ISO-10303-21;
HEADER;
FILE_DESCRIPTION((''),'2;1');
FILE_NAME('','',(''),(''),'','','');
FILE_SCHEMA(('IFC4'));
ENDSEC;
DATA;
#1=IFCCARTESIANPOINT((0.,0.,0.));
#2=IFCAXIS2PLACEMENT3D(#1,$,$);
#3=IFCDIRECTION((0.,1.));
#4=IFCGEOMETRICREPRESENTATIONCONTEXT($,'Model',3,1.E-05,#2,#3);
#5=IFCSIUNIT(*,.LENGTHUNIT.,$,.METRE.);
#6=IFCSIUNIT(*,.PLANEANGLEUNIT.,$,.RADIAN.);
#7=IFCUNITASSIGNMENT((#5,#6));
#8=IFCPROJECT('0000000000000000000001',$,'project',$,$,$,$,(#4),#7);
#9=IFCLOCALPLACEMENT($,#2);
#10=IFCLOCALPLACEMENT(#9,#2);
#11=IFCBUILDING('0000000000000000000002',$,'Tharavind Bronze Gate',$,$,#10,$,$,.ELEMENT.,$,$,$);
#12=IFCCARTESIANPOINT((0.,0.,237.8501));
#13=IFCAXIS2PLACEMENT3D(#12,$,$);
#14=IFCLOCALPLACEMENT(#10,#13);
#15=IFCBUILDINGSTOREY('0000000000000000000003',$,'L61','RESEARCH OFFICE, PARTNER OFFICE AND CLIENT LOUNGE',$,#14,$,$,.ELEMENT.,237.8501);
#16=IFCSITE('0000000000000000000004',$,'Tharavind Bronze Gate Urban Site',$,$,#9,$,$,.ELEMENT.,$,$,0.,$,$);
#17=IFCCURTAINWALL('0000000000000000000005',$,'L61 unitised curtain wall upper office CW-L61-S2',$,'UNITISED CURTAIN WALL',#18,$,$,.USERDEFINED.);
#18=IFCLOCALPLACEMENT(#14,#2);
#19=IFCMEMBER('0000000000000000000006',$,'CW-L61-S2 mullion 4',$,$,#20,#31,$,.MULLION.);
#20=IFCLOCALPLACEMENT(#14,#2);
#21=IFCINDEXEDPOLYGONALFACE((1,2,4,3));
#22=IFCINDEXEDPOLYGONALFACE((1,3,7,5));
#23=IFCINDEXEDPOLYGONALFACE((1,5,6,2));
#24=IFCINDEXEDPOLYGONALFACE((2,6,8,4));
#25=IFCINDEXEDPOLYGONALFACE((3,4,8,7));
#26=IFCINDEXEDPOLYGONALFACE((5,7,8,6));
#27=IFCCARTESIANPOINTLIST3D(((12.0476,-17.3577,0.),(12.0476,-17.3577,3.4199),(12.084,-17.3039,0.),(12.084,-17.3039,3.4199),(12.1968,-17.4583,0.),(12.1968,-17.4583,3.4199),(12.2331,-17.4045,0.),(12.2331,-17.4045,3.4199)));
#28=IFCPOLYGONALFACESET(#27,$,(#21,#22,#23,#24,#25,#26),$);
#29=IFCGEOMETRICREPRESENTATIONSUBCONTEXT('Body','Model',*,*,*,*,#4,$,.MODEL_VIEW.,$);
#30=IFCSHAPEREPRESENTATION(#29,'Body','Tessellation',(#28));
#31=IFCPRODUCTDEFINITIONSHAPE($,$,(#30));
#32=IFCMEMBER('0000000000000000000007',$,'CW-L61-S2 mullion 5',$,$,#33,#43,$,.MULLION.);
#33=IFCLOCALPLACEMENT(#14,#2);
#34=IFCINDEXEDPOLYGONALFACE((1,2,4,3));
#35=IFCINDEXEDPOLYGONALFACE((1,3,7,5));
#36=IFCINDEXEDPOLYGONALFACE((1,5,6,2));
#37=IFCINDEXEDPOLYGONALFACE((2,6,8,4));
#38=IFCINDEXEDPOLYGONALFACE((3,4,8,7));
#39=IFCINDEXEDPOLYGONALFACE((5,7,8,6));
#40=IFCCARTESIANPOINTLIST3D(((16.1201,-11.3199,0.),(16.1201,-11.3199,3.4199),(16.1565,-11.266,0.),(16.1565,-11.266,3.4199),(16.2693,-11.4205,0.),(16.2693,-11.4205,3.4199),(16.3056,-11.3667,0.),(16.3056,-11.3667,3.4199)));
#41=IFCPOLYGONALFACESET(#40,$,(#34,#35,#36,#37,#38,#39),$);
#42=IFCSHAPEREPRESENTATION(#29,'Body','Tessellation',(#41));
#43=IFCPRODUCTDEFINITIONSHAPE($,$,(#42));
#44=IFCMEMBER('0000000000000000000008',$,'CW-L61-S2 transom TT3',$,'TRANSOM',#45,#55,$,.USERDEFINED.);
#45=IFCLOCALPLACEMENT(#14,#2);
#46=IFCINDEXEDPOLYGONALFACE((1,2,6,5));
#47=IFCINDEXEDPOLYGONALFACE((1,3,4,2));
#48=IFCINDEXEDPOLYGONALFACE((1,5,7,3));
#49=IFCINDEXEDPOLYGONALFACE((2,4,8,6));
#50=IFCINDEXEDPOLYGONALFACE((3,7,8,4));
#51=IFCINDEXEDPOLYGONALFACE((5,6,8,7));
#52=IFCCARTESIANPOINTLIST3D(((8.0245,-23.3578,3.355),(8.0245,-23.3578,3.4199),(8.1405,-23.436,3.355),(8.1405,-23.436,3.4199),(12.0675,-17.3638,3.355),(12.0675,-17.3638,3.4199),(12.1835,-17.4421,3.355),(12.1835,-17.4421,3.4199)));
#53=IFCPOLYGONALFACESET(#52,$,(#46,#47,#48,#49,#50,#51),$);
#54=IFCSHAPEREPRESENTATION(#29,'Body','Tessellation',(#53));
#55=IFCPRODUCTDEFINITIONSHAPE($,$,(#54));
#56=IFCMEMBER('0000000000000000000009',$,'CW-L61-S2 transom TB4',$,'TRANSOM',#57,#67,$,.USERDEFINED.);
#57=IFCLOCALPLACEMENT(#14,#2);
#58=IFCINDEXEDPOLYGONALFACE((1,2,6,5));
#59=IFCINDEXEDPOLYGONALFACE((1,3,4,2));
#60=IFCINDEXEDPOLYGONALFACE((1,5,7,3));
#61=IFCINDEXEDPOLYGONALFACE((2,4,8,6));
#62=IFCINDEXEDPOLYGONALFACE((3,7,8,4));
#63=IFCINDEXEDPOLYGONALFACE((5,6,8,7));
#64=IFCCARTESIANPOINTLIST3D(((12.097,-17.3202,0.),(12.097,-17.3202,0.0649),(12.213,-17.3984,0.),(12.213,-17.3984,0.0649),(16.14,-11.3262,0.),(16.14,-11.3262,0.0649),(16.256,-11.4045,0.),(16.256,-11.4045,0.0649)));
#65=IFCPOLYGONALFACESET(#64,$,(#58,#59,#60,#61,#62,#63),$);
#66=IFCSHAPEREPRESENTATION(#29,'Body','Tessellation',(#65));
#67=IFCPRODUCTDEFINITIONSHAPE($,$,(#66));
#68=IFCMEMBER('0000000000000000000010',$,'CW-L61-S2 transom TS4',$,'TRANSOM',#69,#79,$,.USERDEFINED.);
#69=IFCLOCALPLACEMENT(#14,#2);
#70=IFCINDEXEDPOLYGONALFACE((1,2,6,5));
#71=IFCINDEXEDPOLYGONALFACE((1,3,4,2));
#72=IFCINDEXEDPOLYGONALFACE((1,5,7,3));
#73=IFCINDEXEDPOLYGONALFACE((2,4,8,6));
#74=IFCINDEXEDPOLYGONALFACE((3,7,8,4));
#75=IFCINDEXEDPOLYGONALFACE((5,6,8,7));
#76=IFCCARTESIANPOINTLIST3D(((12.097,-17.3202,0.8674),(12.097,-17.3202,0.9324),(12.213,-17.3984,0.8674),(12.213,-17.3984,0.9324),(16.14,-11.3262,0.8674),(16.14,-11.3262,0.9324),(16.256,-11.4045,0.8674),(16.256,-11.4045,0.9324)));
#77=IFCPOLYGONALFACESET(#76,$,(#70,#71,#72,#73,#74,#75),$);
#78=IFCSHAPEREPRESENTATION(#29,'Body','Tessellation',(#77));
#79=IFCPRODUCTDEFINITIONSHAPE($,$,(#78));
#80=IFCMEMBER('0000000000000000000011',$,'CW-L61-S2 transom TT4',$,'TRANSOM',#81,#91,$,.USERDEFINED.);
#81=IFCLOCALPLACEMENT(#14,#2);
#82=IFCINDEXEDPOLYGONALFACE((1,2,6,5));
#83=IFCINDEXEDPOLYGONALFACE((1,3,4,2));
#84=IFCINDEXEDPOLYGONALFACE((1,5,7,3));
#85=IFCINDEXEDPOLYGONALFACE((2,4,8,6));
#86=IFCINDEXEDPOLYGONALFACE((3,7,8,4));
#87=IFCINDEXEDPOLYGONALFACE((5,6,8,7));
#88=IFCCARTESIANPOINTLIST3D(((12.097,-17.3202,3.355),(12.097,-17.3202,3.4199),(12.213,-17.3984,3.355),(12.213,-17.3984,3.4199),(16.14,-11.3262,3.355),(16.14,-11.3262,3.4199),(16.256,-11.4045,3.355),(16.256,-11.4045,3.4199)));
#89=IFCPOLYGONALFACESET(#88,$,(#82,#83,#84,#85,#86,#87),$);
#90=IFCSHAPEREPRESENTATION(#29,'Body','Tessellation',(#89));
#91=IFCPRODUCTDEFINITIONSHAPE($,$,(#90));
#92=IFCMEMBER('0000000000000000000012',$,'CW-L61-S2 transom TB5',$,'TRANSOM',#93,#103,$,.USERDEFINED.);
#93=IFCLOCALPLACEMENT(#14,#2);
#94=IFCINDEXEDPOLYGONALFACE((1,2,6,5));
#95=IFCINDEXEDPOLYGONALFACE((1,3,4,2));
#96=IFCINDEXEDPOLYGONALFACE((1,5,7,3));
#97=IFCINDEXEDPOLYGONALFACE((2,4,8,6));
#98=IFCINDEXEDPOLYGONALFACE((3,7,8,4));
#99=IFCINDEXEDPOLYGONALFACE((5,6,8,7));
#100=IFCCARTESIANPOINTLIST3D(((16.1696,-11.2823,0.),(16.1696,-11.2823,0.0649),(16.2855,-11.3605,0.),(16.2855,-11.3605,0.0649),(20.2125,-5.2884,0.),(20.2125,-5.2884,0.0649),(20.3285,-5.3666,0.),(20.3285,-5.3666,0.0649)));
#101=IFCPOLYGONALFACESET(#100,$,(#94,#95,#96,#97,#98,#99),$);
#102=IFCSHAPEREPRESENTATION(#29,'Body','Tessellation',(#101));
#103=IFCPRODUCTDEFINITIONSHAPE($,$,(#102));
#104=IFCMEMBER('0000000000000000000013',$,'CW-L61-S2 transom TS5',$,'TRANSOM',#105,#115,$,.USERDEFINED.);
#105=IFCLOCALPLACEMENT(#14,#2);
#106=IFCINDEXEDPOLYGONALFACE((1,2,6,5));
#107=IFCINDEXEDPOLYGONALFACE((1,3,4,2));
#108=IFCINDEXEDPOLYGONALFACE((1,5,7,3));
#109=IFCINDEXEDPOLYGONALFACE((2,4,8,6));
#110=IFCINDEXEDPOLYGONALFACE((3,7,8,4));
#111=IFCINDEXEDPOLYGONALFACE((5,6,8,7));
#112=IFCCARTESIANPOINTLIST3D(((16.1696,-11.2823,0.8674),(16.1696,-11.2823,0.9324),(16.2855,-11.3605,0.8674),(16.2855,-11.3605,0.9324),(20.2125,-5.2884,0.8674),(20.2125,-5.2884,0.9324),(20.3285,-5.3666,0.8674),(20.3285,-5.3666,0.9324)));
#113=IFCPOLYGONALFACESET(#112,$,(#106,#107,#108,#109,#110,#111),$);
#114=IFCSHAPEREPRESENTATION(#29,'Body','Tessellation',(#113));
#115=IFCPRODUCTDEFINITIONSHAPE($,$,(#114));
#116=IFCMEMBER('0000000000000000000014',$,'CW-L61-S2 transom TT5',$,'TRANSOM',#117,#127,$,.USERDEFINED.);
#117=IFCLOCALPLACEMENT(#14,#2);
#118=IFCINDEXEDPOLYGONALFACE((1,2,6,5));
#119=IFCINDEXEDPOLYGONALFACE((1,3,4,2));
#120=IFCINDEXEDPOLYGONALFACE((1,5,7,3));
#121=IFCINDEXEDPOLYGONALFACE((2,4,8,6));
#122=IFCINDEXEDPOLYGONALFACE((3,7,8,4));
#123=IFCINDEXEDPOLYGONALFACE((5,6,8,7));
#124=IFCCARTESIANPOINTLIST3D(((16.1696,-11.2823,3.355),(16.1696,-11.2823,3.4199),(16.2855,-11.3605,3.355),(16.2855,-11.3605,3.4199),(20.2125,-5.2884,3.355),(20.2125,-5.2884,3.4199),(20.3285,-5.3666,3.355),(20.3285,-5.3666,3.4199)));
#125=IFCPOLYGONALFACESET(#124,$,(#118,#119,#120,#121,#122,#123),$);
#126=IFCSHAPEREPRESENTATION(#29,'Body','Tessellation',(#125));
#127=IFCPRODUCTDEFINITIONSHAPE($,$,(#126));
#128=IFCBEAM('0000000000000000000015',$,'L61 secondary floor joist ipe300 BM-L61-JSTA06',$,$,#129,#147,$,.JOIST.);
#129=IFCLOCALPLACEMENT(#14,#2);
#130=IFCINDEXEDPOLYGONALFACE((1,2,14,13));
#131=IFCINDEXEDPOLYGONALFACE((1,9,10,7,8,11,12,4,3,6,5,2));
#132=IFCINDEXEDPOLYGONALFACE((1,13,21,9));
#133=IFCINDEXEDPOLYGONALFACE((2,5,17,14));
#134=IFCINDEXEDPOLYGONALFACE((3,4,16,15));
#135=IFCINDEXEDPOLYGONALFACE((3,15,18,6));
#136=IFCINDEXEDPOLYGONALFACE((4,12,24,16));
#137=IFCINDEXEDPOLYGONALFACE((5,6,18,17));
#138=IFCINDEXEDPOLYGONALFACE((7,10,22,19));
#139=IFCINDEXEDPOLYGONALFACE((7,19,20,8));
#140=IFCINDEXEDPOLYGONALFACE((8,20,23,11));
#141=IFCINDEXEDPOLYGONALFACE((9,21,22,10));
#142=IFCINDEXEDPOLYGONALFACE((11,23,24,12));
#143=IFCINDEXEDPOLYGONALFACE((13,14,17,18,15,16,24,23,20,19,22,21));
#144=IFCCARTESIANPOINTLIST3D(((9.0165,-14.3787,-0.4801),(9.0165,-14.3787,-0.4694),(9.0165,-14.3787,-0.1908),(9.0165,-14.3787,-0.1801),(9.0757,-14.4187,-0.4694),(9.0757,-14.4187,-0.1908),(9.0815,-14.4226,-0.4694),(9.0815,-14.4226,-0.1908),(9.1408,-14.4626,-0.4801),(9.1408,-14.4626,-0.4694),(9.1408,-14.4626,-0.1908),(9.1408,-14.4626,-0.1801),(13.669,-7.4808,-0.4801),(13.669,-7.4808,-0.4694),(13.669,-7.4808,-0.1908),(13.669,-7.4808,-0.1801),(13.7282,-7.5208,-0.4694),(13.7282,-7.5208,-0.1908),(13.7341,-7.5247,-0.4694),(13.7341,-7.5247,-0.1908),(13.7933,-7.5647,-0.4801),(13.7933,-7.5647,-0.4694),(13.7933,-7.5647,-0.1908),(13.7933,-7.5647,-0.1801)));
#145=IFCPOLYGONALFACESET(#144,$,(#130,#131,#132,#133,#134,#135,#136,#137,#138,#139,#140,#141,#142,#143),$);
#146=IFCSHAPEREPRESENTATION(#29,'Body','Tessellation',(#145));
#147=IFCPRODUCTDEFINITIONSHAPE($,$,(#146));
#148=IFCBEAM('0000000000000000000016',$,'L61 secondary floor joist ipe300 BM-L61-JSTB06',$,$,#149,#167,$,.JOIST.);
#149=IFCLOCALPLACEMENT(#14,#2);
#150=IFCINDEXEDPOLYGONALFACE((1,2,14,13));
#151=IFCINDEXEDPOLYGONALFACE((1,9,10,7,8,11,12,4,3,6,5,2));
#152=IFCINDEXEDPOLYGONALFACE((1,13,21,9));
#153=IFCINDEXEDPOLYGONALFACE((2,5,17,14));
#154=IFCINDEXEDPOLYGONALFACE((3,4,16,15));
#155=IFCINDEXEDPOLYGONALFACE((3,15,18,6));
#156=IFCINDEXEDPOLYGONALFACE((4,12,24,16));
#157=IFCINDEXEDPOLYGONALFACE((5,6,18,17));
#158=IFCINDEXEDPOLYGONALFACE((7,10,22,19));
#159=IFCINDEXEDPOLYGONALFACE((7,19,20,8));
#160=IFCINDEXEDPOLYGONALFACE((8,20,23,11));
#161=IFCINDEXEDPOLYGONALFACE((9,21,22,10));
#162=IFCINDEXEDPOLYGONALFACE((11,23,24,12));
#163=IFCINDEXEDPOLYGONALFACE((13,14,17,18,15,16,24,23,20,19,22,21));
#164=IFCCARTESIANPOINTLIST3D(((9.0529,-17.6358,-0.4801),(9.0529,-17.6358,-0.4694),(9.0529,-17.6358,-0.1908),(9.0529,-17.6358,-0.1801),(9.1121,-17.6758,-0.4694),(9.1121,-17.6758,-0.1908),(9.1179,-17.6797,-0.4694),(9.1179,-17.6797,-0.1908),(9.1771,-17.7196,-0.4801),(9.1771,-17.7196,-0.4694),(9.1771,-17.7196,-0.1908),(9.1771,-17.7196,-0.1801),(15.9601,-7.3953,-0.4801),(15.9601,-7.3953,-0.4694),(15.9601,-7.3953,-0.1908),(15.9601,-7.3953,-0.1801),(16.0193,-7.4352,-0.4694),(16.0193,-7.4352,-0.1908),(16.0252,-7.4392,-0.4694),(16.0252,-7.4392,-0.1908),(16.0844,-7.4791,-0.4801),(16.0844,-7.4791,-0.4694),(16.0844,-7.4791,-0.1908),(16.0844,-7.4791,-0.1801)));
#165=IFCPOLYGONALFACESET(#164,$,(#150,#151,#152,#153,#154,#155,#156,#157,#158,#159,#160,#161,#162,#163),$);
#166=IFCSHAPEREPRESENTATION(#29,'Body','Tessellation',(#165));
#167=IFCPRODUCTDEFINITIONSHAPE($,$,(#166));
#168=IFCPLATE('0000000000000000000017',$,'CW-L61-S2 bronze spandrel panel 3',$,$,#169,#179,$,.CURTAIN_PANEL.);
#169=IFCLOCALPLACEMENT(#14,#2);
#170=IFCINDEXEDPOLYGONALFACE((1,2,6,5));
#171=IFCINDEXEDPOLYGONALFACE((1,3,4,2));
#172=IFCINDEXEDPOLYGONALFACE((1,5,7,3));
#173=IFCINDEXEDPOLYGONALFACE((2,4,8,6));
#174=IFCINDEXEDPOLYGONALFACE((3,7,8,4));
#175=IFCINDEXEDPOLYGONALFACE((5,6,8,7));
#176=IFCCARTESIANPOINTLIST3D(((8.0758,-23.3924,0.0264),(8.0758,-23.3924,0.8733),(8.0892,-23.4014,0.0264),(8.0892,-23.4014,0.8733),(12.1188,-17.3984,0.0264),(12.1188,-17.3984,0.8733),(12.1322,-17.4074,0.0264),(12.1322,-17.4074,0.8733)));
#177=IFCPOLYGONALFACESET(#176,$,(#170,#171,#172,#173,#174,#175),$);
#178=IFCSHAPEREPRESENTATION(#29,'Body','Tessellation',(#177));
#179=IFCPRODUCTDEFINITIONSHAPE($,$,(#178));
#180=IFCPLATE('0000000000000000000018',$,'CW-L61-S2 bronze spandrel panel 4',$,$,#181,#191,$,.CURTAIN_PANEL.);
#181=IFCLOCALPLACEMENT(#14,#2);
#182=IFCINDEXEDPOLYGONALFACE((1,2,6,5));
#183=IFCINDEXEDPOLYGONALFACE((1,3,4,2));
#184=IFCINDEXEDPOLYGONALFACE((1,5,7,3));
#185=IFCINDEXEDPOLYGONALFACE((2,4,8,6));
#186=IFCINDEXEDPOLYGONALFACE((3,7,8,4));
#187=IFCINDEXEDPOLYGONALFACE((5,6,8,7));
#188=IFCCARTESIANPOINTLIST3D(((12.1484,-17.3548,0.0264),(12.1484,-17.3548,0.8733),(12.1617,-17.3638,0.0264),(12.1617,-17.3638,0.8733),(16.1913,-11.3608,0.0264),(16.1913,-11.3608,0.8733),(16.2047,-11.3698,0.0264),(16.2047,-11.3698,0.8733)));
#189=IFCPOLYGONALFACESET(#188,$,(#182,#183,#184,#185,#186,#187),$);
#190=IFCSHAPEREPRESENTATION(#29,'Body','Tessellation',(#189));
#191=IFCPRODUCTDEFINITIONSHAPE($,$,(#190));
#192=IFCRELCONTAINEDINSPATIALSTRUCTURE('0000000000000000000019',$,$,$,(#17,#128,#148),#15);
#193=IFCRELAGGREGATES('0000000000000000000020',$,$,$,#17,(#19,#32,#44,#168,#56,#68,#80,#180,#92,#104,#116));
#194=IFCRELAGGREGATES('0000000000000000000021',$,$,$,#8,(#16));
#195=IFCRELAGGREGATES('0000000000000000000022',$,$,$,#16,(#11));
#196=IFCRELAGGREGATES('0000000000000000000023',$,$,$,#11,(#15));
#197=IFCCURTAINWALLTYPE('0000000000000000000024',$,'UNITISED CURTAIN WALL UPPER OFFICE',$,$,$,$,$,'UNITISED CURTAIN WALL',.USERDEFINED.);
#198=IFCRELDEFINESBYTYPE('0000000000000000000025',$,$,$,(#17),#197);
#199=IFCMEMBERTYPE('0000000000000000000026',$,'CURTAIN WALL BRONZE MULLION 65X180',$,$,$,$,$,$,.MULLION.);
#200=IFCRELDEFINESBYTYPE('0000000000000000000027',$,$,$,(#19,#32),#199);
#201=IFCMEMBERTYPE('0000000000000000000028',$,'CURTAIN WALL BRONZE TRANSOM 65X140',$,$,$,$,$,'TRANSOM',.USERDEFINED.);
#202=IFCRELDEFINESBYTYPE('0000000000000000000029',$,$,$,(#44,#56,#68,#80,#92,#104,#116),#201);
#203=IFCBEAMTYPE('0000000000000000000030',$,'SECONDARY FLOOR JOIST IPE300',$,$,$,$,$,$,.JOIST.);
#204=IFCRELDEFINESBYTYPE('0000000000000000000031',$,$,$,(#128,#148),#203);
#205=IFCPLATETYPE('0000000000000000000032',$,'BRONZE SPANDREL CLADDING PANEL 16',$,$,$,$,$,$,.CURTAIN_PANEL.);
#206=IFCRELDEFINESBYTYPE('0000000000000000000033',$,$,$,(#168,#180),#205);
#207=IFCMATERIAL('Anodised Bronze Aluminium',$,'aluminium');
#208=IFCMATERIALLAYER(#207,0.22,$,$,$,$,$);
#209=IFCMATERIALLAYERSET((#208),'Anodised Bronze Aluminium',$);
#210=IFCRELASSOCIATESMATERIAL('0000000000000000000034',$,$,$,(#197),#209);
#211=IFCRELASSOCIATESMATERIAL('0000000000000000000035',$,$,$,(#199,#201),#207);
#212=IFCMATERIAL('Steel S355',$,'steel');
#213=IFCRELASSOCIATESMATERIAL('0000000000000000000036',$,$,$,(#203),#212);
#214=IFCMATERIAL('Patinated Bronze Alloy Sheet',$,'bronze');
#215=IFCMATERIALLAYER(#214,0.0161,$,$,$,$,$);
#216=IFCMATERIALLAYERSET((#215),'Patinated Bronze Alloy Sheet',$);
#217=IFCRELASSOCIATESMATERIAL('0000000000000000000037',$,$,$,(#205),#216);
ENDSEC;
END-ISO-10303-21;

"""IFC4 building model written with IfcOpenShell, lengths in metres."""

from ifc_helpers import new_model, si_unit, direction, frame, origin, origin_2d, place, context, subcontext, project, spatial, rectangle, i_section, extrude, material, layer, layer_set, material_profile, profile_set, type_object, element, aggregate, save


model = new_model("IFC4")

# Units and contexts
model_context = context("Model", 3, precision=1e-05, world=origin(), true_north=direction((0.0, 1.0)))
body_context = subcontext(model_context, "Body", "Model", "MODEL_VIEW")
ifc_project = project(units=[si_unit("LENGTHUNIT", "METRE"), si_unit("PLANEANGLEUNIT", "RADIAN")], contexts=[model_context])

# Site, building, storey
site_placement = place(None, origin())
site = spatial("IfcSite", under=ifc_project, at=site_placement, Name="Tharavind Bronze Gate Urban Site", CompositionType="ELEMENT", RefElevation=0.0)
building_placement = place(site_placement, origin())
building = spatial("IfcBuilding", under=site, at=building_placement, Name="Tharavind Bronze Gate", CompositionType="ELEMENT")
storey_placement = place(building_placement, frame((0.0, 0.0, 237.8501)))
storey = spatial("IfcBuildingStorey", under=building, at=storey_placement, Name="L61", Description="RESEARCH OFFICE, PARTNER OFFICE AND CLIENT LOUNGE", CompositionType="ELEMENT", Elevation=237.8501)

# Curtain wall, members
ifc_material_1 = material(Name="Anodised Bronze Aluminium", Category="aluminium")
ifc_layer_1 = layer(ifc_material_1, 0.22)
ifc_layer_set_1 = layer_set([ifc_layer_1], Name="Anodised Bronze Aluminium")
curtain_wall_type = type_object("IfcCurtainWallType", Name="UNITISED CURTAIN WALL UPPER OFFICE", ElementType="UNITISED CURTAIN WALL", PredefinedType="USERDEFINED", material=ifc_layer_set_1)
curtain_wall_placement = place(storey_placement, origin())
curtain_wall = element("IfcCurtainWall", 1, at=curtain_wall_placement, inside=storey, type_object=curtain_wall_type, Name="L61 unitised curtain wall upper office CW-L61-S2", ObjectType="UNITISED CURTAIN WALL", PredefinedType="USERDEFINED")
member_type_1 = type_object("IfcMemberType", Name="CURTAIN WALL BRONZE MULLION 65X180", PredefinedType="MULLION", material=ifc_material_1)
member_1_placement = place(storey_placement, frame((12.1404, -17.3811, 0.0), z_axis=(0.0, 0.0, 1.0), x_axis=(0.559193, 0.829038, 0.0)))
member_1 = element("IfcMember", 2, at=member_1_placement, type_object=member_type_1, Name="CW-L61-S2 mullion 4", PredefinedType="MULLION", context=body_context, shape_type="SweptSolid", body=[
    extrude(rectangle(XDim=0.0649, YDim=0.1799, at=origin_2d()), origin(), (0.0, 0.0, 1.0), 3.4199),
])
member_2_placement = place(storey_placement, frame((16.2129, -11.3433, 0.0), z_axis=(0.0, 0.0, 1.0), x_axis=(0.559193, 0.829038, 0.0)))
member_2 = element("IfcMember", 3, at=member_2_placement, type_object=member_type_1, Name="CW-L61-S2 mullion 5", PredefinedType="MULLION", context=body_context, shape_type="SweptSolid", body=[
    extrude(rectangle(XDim=0.0649, YDim=0.1799, at=origin_2d()), origin(), (0.0, 0.0, 1.0), 3.4199),
])
member_type_2 = type_object("IfcMemberType", Name="CURTAIN WALL BRONZE TRANSOM 65X140", ElementType="TRANSOM", PredefinedType="USERDEFINED", material=ifc_material_1)
member_3_placement = place(storey_placement, frame((10.104, -20.3999, 3.355), z_axis=(0.0, 0.0, 1.0), x_axis=(0.559193, 0.829038, 0.0)))
member_3 = element("IfcMember", 4, at=member_3_placement, type_object=member_type_2, Name="CW-L61-S2 transom TT3", ObjectType="TRANSOM", PredefinedType="USERDEFINED", context=body_context, shape_type="SweptSolid", body=[
    extrude(rectangle(XDim=7.23, YDim=0.1399, at=origin_2d()), origin(), (0.0, 0.0, 1.0), 0.0649),
])
member_4_placement = place(storey_placement, frame((14.1765, -14.3623, 0.0), z_axis=(0.0, 0.0, 1.0), x_axis=(0.559193, 0.829038, 0.0)))
member_4 = element("IfcMember", 5, at=member_4_placement, type_object=member_type_2, Name="CW-L61-S2 transom TB4", ObjectType="TRANSOM", PredefinedType="USERDEFINED", context=body_context, shape_type="SweptSolid", body=[
    extrude(rectangle(XDim=7.23, YDim=0.1399, at=origin_2d()), origin(), (0.0, 0.0, 1.0), 0.0649),
])
member_5_placement = place(storey_placement, frame((14.1765, -14.3623, 0.8674), z_axis=(0.0, 0.0, 1.0), x_axis=(0.559193, 0.829038, 0.0)))
member_5 = element("IfcMember", 6, at=member_5_placement, type_object=member_type_2, Name="CW-L61-S2 transom TS4", ObjectType="TRANSOM", PredefinedType="USERDEFINED", context=body_context, shape_type="SweptSolid", body=[
    extrude(rectangle(XDim=7.23, YDim=0.1399, at=origin_2d()), origin(), (0.0, 0.0, 1.0), 0.0649),
])
member_6_placement = place(storey_placement, frame((14.1765, -14.3623, 3.355), z_axis=(0.0, 0.0, 1.0), x_axis=(0.559193, 0.829038, 0.0)))
member_6 = element("IfcMember", 7, at=member_6_placement, type_object=member_type_2, Name="CW-L61-S2 transom TT4", ObjectType="TRANSOM", PredefinedType="USERDEFINED", context=body_context, shape_type="SweptSolid", body=[
    extrude(rectangle(XDim=7.23, YDim=0.1399, at=origin_2d()), origin(), (0.0, 0.0, 1.0), 0.0649),
])
member_7_placement = place(storey_placement, frame((18.249, -8.3245, 0.0), z_axis=(0.0, 0.0, 1.0), x_axis=(0.559193, 0.829038, 0.0)))
member_7 = element("IfcMember", 8, at=member_7_placement, type_object=member_type_2, Name="CW-L61-S2 transom TB5", ObjectType="TRANSOM", PredefinedType="USERDEFINED", context=body_context, shape_type="SweptSolid", body=[
    extrude(rectangle(XDim=7.23, YDim=0.1399, at=origin_2d()), origin(), (0.0, 0.0, 1.0), 0.0649),
])
member_8_placement = place(storey_placement, frame((18.249, -8.3245, 0.8674), z_axis=(0.0, 0.0, 1.0), x_axis=(0.559193, 0.829038, 0.0)))
member_8 = element("IfcMember", 9, at=member_8_placement, type_object=member_type_2, Name="CW-L61-S2 transom TS5", ObjectType="TRANSOM", PredefinedType="USERDEFINED", context=body_context, shape_type="SweptSolid", body=[
    extrude(rectangle(XDim=7.23, YDim=0.1399, at=origin_2d()), origin(), (0.0, 0.0, 1.0), 0.0649),
])
member_9_placement = place(storey_placement, frame((18.249, -8.3245, 3.355), z_axis=(0.0, 0.0, 1.0), x_axis=(0.559193, 0.829038, 0.0)))
member_9 = element("IfcMember", 10, at=member_9_placement, type_object=member_type_2, Name="CW-L61-S2 transom TT5", ObjectType="TRANSOM", PredefinedType="USERDEFINED", context=body_context, shape_type="SweptSolid", body=[
    extrude(rectangle(XDim=7.23, YDim=0.1399, at=origin_2d()), origin(), (0.0, 0.0, 1.0), 0.0649),
])

# Beams
ifc_material_2 = material(Name="Steel S355", Category="steel")
ifc_material_profile = material_profile(ifc_material_2, i_section(OverallWidth=0.1499, OverallDepth=0.3, WebThickness=0.0071, FlangeThickness=0.0107, at=origin_2d()), Name="IPE300")
ifc_profile_set = profile_set([ifc_material_profile], Name="Steel S355")
beam_type = type_object("IfcBeamType", Name="SECONDARY FLOOR JOIST IPE300", PredefinedType="JOIST", material=ifc_profile_set)
beam_1_placement = place(storey_placement, frame((9.0786, -14.4207, -0.3301), z_axis=(0.559182, 0.829045, 0.0), x_axis=(-0.829045, 0.559182, 0.0)))
element("IfcBeam", 11, at=beam_1_placement, inside=storey, type_object=beam_type, Name="L61 secondary floor joist ipe300 BM-L61-JSTA06", PredefinedType="JOIST", context=body_context, shape_type="SweptSolid", body=[
    extrude(i_section(OverallWidth=0.1499, OverallDepth=0.3, WebThickness=0.0071, FlangeThickness=0.0107, at=origin_2d()), origin(), (0.0, 0.0, 1.0), 8.3203),
])
beam_2_placement = place(storey_placement, frame((9.115, -17.6777, -0.3301), z_axis=(0.559189, 0.82904, 0.0), x_axis=(-0.82904, 0.559189, 0.0)))
element("IfcBeam", 12, at=beam_2_placement, inside=storey, type_object=beam_type, Name="L61 secondary floor joist ipe300 BM-L61-JSTB06", PredefinedType="JOIST", context=body_context, shape_type="SweptSolid", body=[
    extrude(i_section(OverallWidth=0.1499, OverallDepth=0.3, WebThickness=0.0071, FlangeThickness=0.0107, at=origin_2d()), origin(), (0.0, 0.0, 1.0), 12.3523),
])

# Plates
ifc_material_3 = material(Name="Patinated Bronze Alloy Sheet", Category="bronze")
ifc_layer_2 = layer(ifc_material_3, 0.0161)
ifc_layer_set_2 = layer_set([ifc_layer_2], Name="Patinated Bronze Alloy Sheet")
plate_type_1 = type_object("IfcPlateType", Name="BRONZE SPANDREL CLADDING PANEL 16", PredefinedType="CURTAIN_PANEL", material=ifc_layer_set_2)
plate_1_placement = place(storey_placement, frame((10.104, -20.3999, 0.0264), z_axis=(0.0, 0.0, 1.0), x_axis=(0.559193, 0.829038, 0.0)))
plate_1 = element("IfcPlate", 13, at=plate_1_placement, type_object=plate_type_1, Name="CW-L61-S2 bronze spandrel panel 3", PredefinedType="CURTAIN_PANEL", context=body_context, shape_type="SweptSolid", body=[
    extrude(rectangle(XDim=7.23, YDim=0.0161, at=origin_2d()), origin(), (0.0, 0.0, 1.0), 0.8469),
])
plate_2_placement = place(storey_placement, frame((14.1765, -14.3623, 0.0264), z_axis=(0.0, 0.0, 1.0), x_axis=(0.559193, 0.829038, 0.0)))
plate_2 = element("IfcPlate", 14, at=plate_2_placement, type_object=plate_type_1, Name="CW-L61-S2 bronze spandrel panel 4", PredefinedType="CURTAIN_PANEL", context=body_context, shape_type="SweptSolid", body=[
    extrude(rectangle(XDim=7.23, YDim=0.0161, at=origin_2d()), origin(), (0.0, 0.0, 1.0), 0.8469),
])
aggregate(curtain_wall, [member_1, member_2, member_3, plate_1, member_4, member_5, member_6, plate_2, member_7, member_8, member_9])

save(model, "model.ifc")
